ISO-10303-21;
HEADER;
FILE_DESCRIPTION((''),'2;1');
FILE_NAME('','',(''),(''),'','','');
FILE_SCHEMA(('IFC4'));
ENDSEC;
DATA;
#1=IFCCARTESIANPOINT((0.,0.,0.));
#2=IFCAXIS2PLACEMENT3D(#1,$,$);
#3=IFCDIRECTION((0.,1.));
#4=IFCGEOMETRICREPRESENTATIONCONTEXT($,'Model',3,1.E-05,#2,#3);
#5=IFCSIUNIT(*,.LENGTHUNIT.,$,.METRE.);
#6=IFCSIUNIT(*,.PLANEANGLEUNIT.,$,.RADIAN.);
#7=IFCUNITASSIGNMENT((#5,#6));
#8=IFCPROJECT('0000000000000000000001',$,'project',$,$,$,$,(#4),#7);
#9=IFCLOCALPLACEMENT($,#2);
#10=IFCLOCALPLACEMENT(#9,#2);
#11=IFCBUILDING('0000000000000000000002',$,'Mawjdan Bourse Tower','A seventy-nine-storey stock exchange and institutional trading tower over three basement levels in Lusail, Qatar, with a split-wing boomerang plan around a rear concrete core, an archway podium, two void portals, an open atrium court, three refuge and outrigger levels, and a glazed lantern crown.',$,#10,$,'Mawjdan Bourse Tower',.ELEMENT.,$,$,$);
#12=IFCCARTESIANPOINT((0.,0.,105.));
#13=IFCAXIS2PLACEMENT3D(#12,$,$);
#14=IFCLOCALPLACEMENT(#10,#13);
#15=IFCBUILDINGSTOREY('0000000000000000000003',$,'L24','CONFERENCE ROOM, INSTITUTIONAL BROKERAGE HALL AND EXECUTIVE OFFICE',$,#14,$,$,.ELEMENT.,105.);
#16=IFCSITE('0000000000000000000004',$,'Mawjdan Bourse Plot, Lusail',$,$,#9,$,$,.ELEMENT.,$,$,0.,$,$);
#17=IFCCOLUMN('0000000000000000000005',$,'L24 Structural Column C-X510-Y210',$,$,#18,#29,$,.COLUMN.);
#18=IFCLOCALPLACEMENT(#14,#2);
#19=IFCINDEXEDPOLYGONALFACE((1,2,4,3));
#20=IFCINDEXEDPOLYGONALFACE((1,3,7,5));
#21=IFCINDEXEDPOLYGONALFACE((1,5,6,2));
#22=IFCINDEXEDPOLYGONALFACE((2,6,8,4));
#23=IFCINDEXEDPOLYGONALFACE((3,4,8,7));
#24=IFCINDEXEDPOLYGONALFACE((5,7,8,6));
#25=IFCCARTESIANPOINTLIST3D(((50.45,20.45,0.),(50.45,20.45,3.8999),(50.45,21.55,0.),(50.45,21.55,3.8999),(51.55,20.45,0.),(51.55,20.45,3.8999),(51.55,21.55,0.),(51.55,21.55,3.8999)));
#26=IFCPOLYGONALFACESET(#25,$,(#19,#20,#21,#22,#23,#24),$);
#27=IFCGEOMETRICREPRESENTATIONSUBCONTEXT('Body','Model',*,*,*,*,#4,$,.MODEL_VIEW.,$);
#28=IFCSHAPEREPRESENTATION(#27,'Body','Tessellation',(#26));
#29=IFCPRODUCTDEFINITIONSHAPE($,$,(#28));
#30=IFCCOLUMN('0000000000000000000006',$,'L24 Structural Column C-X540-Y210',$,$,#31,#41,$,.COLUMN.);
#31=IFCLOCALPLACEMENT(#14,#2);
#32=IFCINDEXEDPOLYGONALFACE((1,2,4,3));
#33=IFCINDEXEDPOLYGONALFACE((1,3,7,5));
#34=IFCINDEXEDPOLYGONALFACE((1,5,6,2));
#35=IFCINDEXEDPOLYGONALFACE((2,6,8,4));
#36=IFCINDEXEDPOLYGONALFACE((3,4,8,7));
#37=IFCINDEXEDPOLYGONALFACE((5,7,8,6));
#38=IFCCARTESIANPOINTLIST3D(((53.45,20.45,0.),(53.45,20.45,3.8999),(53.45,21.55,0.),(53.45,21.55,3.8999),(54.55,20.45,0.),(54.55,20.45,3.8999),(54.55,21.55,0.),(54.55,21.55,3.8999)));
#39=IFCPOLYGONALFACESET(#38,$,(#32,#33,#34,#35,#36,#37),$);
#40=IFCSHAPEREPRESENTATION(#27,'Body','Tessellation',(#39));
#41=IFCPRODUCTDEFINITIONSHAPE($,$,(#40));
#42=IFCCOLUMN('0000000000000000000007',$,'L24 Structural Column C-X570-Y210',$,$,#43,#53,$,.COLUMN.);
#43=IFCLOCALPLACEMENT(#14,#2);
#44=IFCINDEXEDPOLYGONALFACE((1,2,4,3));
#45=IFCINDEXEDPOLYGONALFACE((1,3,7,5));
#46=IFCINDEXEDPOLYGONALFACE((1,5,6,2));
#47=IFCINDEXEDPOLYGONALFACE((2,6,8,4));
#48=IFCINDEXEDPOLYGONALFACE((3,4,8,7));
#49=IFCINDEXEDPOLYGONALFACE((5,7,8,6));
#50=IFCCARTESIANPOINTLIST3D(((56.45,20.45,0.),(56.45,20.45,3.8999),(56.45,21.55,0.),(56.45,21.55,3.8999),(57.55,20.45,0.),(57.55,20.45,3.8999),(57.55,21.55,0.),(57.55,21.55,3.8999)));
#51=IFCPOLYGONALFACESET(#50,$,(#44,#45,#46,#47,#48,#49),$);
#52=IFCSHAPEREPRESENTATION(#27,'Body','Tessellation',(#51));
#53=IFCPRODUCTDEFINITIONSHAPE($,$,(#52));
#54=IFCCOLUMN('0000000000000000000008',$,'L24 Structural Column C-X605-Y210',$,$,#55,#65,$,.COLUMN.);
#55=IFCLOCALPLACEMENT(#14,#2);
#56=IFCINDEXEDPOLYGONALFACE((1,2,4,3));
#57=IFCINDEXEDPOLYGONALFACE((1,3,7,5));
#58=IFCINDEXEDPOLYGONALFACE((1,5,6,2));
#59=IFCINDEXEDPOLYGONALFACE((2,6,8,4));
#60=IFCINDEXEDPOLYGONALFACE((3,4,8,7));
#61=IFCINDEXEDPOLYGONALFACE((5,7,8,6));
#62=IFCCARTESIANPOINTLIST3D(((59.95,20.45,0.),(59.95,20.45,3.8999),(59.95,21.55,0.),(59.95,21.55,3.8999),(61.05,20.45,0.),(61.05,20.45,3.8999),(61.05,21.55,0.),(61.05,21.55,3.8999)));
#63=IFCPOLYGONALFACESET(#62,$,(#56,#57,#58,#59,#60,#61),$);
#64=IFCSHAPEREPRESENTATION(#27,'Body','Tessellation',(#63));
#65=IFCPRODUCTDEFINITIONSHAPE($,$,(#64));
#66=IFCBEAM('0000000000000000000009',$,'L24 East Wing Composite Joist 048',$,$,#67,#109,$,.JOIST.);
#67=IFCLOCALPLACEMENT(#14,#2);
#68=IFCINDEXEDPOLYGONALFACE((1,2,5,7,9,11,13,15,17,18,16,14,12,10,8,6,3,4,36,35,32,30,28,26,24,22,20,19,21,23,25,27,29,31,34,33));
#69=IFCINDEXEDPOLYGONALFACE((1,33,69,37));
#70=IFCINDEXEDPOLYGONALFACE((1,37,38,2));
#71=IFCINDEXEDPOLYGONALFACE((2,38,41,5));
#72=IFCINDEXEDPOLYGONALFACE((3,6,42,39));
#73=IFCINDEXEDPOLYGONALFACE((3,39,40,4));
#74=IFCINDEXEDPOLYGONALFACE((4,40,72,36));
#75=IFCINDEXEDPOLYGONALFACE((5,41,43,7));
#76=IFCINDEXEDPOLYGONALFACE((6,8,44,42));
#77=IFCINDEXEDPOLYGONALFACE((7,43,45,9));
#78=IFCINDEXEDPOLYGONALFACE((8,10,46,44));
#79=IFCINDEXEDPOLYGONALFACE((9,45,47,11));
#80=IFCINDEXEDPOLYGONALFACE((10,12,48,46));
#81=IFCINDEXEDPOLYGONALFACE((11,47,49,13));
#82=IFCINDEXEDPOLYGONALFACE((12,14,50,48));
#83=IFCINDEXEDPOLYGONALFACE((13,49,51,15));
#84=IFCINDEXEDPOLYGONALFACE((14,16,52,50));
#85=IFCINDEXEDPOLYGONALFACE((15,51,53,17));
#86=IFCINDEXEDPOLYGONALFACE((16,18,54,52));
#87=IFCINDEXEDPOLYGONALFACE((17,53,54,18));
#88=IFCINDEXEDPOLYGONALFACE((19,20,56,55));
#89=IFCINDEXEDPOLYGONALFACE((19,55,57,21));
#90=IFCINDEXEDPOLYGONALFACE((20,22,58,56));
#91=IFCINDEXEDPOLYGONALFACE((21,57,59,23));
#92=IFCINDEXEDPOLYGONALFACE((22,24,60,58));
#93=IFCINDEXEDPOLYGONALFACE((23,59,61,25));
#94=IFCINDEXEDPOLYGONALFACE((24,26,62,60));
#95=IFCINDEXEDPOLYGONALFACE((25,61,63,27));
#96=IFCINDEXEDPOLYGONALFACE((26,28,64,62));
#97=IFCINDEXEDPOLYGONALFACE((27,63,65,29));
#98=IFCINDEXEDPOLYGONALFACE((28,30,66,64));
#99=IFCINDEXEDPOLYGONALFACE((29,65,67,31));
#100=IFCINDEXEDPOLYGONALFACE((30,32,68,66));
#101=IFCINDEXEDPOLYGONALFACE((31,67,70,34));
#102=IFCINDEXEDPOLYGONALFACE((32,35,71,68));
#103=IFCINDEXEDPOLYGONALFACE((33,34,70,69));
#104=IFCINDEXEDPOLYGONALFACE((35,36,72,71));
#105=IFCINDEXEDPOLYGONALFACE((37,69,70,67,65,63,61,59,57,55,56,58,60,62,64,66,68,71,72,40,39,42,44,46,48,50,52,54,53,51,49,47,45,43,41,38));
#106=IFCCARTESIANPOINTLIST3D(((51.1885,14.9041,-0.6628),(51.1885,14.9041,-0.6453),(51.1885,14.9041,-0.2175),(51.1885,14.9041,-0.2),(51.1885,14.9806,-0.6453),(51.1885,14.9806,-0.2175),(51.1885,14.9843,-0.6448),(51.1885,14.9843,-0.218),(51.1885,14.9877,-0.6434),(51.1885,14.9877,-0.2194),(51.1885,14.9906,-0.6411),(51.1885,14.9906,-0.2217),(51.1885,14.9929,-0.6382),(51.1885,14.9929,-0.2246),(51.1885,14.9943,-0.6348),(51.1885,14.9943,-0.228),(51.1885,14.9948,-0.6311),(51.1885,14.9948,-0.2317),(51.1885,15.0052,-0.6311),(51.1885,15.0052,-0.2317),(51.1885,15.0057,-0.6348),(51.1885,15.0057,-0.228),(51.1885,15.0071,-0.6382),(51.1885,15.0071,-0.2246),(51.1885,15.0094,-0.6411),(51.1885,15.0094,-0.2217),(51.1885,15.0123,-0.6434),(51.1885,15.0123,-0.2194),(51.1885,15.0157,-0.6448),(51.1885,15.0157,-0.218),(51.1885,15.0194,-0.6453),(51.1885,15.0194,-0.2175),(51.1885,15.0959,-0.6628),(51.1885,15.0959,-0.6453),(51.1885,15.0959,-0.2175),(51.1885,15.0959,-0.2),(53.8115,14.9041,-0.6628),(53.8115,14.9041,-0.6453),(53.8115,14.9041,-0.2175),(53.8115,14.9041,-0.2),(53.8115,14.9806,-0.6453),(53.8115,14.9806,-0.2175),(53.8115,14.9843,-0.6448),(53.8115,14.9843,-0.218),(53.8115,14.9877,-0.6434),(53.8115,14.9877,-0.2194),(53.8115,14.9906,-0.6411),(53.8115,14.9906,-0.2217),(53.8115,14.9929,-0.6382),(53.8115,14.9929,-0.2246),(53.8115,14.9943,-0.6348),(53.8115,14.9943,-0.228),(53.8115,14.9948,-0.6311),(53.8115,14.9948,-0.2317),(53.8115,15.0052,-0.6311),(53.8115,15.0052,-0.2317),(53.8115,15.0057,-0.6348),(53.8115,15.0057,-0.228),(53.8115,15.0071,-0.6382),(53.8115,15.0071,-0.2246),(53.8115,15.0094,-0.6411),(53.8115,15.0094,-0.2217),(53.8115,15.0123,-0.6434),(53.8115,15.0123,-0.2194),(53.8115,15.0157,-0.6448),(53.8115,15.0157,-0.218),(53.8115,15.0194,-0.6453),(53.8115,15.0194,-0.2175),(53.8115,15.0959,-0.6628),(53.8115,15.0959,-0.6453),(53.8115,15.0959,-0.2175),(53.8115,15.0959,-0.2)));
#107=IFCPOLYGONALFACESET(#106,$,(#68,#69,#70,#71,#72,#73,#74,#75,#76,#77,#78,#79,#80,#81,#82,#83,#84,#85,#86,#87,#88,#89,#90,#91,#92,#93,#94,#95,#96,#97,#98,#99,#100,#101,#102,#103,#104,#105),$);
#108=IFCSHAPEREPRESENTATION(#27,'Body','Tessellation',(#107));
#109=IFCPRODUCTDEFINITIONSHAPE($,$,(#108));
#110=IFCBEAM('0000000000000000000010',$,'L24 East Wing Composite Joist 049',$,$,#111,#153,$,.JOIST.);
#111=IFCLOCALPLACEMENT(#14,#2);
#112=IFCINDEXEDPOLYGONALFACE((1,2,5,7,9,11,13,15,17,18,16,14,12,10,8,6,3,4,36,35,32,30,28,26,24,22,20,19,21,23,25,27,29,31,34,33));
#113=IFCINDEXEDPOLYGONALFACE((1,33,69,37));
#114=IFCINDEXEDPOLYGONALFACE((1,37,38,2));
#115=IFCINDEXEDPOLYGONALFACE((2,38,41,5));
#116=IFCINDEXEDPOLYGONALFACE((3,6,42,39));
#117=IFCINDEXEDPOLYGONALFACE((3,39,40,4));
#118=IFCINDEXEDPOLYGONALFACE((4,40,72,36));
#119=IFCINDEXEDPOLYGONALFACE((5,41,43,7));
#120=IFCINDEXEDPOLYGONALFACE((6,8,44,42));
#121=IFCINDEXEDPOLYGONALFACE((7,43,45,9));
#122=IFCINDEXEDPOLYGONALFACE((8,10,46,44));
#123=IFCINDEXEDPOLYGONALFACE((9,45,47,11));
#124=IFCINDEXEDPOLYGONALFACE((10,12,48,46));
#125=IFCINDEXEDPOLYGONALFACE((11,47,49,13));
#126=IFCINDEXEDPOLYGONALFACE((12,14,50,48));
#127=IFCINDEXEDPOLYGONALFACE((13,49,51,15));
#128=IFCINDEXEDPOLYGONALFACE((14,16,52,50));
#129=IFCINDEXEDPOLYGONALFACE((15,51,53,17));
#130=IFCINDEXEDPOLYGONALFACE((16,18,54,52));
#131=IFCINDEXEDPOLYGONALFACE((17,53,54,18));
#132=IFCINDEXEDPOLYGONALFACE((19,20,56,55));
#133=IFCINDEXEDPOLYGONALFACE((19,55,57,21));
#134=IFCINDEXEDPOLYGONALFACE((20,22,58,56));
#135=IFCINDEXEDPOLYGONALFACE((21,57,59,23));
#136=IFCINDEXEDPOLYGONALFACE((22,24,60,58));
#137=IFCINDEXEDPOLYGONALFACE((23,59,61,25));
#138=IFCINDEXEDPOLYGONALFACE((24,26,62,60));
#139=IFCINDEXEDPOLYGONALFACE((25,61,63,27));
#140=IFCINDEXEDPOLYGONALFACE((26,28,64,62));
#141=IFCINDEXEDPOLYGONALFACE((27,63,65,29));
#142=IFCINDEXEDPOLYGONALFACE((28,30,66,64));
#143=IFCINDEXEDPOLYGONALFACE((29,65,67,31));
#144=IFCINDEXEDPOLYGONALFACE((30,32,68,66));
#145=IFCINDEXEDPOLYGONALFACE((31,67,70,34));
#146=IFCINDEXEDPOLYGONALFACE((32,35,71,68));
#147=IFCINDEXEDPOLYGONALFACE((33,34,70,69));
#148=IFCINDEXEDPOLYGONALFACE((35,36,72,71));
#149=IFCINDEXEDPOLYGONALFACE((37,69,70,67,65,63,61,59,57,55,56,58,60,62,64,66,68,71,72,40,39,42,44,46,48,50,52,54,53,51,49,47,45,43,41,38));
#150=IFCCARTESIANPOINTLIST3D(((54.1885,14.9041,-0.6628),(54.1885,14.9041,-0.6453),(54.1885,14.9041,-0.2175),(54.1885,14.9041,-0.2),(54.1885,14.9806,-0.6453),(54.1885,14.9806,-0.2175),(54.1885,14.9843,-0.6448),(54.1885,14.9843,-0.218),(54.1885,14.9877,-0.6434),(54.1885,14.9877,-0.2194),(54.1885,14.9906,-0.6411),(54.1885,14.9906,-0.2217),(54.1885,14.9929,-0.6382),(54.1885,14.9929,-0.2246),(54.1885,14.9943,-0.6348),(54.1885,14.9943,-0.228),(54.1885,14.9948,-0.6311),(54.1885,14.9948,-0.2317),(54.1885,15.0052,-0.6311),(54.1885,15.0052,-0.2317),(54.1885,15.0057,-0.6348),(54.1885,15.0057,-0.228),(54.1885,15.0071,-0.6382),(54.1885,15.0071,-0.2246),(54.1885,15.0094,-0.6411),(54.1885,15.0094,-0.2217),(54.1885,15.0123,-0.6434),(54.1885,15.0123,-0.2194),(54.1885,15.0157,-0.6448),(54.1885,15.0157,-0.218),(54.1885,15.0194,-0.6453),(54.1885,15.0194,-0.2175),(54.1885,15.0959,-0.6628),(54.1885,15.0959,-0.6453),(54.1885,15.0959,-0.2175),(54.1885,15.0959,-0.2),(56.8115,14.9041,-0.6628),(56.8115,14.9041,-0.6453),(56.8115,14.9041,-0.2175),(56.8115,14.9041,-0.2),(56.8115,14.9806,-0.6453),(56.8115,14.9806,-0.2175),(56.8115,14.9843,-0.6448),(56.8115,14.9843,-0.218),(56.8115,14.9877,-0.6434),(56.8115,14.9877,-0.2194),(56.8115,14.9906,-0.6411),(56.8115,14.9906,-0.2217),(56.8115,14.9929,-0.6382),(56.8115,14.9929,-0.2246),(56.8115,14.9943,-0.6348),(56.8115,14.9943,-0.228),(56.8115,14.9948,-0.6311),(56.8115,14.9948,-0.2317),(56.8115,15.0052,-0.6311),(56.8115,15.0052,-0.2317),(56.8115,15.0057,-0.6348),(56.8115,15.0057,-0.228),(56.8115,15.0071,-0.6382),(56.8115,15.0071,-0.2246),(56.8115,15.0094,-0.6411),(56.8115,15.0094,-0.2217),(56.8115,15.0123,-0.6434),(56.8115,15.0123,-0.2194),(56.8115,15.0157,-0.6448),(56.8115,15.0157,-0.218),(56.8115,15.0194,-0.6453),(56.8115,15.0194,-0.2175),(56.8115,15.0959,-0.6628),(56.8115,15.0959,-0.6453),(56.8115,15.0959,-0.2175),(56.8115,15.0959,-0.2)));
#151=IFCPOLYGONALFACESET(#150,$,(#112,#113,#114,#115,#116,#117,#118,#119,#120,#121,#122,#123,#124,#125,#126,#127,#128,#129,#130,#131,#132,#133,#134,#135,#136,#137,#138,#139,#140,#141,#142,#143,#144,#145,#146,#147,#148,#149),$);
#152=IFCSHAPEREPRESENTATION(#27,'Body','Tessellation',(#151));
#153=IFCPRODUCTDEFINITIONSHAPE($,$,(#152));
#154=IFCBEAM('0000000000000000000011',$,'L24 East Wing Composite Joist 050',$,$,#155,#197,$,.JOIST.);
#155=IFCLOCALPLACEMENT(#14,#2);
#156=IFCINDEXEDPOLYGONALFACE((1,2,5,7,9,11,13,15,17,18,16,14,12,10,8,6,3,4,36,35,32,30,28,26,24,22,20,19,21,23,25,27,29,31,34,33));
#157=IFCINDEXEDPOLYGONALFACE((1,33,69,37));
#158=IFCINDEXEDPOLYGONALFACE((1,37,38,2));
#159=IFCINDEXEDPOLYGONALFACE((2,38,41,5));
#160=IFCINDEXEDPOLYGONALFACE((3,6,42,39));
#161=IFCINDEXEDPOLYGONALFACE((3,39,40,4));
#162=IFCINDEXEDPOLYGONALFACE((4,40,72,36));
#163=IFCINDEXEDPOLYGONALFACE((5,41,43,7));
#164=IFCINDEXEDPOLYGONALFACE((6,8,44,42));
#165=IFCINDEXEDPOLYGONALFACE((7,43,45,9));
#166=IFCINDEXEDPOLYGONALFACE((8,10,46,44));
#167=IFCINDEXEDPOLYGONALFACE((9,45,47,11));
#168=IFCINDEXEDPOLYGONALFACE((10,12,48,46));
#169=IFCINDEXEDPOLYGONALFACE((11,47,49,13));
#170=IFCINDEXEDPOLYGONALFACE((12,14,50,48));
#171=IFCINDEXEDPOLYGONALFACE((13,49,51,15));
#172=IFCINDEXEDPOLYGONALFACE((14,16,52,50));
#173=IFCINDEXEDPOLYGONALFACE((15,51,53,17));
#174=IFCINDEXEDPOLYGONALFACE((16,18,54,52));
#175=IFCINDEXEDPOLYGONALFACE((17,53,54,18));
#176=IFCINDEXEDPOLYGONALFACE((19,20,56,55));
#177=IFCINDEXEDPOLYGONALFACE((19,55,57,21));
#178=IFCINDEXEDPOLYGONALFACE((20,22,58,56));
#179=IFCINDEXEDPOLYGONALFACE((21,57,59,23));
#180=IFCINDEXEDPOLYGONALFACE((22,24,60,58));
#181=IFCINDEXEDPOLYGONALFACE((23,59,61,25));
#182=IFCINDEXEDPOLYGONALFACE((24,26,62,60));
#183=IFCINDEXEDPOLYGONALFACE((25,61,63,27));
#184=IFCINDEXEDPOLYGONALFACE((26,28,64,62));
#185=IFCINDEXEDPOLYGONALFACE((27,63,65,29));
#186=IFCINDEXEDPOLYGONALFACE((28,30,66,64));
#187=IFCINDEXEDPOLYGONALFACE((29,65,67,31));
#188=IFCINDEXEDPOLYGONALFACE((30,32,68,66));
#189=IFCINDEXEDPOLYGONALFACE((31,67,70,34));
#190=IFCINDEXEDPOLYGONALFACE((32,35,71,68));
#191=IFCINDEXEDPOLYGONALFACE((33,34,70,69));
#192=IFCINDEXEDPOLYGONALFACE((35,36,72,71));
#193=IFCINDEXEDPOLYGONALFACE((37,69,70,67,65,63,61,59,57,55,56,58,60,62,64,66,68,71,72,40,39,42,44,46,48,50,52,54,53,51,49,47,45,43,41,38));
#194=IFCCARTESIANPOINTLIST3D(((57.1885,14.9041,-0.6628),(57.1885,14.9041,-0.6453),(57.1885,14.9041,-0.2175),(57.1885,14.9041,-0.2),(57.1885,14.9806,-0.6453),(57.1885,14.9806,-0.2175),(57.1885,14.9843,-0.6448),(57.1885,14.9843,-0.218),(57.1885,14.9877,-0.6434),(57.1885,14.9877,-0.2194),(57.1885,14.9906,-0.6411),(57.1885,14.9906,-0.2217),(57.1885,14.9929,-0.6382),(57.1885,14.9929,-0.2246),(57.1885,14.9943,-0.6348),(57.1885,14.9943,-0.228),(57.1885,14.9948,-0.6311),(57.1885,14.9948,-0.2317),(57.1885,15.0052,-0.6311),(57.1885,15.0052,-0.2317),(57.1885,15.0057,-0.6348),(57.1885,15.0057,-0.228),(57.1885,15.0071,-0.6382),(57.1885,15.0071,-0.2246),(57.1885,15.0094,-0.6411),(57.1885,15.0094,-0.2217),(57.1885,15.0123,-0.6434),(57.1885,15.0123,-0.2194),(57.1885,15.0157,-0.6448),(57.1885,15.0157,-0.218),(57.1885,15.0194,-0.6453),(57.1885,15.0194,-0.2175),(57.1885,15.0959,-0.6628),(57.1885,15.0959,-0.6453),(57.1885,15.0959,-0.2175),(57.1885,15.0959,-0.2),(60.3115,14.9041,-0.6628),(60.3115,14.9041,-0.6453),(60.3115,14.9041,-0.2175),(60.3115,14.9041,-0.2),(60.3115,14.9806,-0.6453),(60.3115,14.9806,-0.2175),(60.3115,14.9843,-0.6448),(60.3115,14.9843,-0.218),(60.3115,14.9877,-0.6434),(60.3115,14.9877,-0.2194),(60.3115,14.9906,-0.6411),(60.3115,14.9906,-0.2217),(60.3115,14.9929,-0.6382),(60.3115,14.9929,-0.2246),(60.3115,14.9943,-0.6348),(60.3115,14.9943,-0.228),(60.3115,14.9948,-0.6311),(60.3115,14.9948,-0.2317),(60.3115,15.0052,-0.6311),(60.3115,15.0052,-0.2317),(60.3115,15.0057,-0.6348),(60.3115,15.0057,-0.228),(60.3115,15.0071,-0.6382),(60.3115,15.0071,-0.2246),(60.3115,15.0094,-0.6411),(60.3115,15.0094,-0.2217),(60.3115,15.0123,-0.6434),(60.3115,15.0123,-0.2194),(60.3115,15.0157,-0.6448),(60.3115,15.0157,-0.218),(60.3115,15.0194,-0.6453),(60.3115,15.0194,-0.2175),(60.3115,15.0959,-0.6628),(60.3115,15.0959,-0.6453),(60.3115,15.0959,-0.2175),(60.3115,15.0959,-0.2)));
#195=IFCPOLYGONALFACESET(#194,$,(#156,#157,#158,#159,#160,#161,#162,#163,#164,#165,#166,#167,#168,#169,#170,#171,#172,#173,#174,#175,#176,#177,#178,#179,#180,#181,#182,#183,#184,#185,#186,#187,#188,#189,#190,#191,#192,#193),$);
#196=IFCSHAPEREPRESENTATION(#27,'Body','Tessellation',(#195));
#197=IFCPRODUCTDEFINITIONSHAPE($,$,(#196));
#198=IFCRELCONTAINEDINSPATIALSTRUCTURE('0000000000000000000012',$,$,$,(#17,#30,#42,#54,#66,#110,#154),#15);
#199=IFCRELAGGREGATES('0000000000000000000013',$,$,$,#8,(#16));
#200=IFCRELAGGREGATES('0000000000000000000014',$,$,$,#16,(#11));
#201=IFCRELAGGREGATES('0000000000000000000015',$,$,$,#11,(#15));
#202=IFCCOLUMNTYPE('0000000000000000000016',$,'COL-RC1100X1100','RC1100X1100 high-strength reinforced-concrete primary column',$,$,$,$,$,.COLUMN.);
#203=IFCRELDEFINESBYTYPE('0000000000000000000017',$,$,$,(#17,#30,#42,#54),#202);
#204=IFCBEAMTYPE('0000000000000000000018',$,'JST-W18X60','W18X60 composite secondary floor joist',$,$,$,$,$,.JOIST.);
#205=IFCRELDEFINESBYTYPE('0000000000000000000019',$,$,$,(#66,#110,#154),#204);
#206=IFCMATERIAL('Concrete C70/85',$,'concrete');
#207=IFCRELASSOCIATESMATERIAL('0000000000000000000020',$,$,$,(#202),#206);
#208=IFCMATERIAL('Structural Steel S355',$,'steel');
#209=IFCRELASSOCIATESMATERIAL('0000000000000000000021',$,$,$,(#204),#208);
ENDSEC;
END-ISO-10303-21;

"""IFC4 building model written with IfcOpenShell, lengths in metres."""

from ifc_helpers import new_model, si_unit, direction, frame, origin, origin_2d, place, context, subcontext, project, spatial, rectangle, i_section, extrude, material, material_profile, profile_set, type_object, element, save


model = new_model("IFC4")

# Units and contexts
model_context = context("Model", 3, precision=1e-05, world=origin(), true_north=direction((0.0, 1.0)))
body_context = subcontext(model_context, "Body", "Model", "MODEL_VIEW")
ifc_project = project(units=[si_unit("LENGTHUNIT", "METRE"), si_unit("PLANEANGLEUNIT", "RADIAN")], contexts=[model_context])

# Site, building, storey
site_placement = place(None, origin())
site = spatial("IfcSite", under=ifc_project, at=site_placement, Name="Mawjdan Bourse Plot, Lusail", CompositionType="ELEMENT", RefElevation=0.0)
building_placement = place(site_placement, origin())
building = spatial("IfcBuilding", under=site, at=building_placement, Name="Mawjdan Bourse Tower", Description="A seventy-nine-storey stock exchange and institutional trading tower over three basement levels in Lusail, Qatar, with a split-wing boomerang plan around a rear concrete core, an archway podium, two void portals, an open atrium court, three refuge and outrigger levels, and a glazed lantern crown.", LongName="Mawjdan Bourse Tower", CompositionType="ELEMENT")
storey_placement = place(building_placement, frame((0.0, 0.0, 105.0)))
storey = spatial("IfcBuildingStorey", under=building, at=storey_placement, Name="L24", Description="CONFERENCE ROOM, INSTITUTIONAL BROKERAGE HALL AND EXECUTIVE OFFICE", CompositionType="ELEMENT", Elevation=105.0)

# Columns
ifc_material_1 = material(Name="Concrete C70/85", Category="concrete")
ifc_material_profile_1 = material_profile(ifc_material_1, rectangle(XDim=1.1001, YDim=1.1001, at=origin_2d()), Name="RC1100X1100")
ifc_profile_set_1 = profile_set([ifc_material_profile_1], Name="Concrete C70/85")
column_type = type_object("IfcColumnType", Name="COL-RC1100X1100", Description="RC1100X1100 high-strength reinforced-concrete primary column", PredefinedType="COLUMN", material=ifc_profile_set_1)
for number, where, z_axis, x_axis, name in (
    (1, (51.0, 21.0, 0.0), (0.0, 0.0, 1.0), (1.0, 0.0, 0.0), "L24 Structural Column C-X510-Y210"),
    (2, (54.0, 21.0, 0.0), (0.0, 0.0, 1.0), (1.0, 0.0, 0.0), "L24 Structural Column C-X540-Y210"),
    (3, (57.0, 21.0, 0.0), (0.0, 0.0, 1.0), (1.0, 0.0, 0.0), "L24 Structural Column C-X570-Y210"),
    (4, (60.5, 21.0, 0.0), (0.0, 0.0, 1.0), (1.0, 0.0, 0.0), "L24 Structural Column C-X605-Y210"),
):
    element("IfcColumn", number, at=place(storey_placement, frame(where, z_axis=z_axis, x_axis=x_axis)), inside=storey, type_object=column_type, Name=name, PredefinedType="COLUMN", context=body_context, shape_type="SweptSolid", body=[
        extrude(rectangle(XDim=1.1001, YDim=1.1001, at=origin_2d()), origin(), (0.0, 0.0, 1.0), 3.8999),
    ])

# Beams
ifc_material_2 = material(Name="Structural Steel S355", Category="steel")
ifc_material_profile_2 = material_profile(ifc_material_2, i_section(OverallWidth=0.1919, OverallDepth=0.4629, WebThickness=0.0105, FlangeThickness=0.0176, FilletRadius=0.0142, at=origin_2d()), Name="W18X60")
ifc_profile_set_2 = profile_set([ifc_material_profile_2], Name="Structural Steel S355")
beam_type_1 = type_object("IfcBeamType", Name="JST-W18X60", Description="W18X60 composite secondary floor joist", PredefinedType="JOIST", material=ifc_profile_set_2)
for number, where, z_axis, x_axis, name in (
    (5, (51.1885, 15.0, -0.4314), (1.0, 0.0, 0.0), (0.0, 1.0, 0.0), "L24 East Wing Composite Joist 048"),
    (6, (54.1885, 15.0, -0.4314), (1.0, 0.0, 0.0), (0.0, 1.0, 0.0), "L24 East Wing Composite Joist 049"),
):
    element("IfcBeam", number, at=place(storey_placement, frame(where, z_axis=z_axis, x_axis=x_axis)), inside=storey, type_object=beam_type_1, Name=name, PredefinedType="JOIST", context=body_context, shape_type="SweptSolid", body=[
        extrude(i_section(OverallWidth=0.1919, OverallDepth=0.4629, WebThickness=0.0105, FlangeThickness=0.0176, FilletRadius=0.0142, at=origin_2d()), origin(), (0.0, 0.0, 1.0), 2.623),
    ])
beam_1_placement = place(storey_placement, frame((57.1885, 15.0, -0.4314), z_axis=(1.0, 0.0, 0.0), x_axis=(0.0, 1.0, 0.0)))
element("IfcBeam", 7, at=beam_1_placement, inside=storey, type_object=beam_type_1, Name="L24 East Wing Composite Joist 050", PredefinedType="JOIST", context=body_context, shape_type="SweptSolid", body=[
    extrude(i_section(OverallWidth=0.1919, OverallDepth=0.4629, WebThickness=0.0105, FlangeThickness=0.0176, FilletRadius=0.0142, at=origin_2d()), origin(), (0.0, 0.0, 1.0), 3.123),
])

save(model, "model.ifc")
